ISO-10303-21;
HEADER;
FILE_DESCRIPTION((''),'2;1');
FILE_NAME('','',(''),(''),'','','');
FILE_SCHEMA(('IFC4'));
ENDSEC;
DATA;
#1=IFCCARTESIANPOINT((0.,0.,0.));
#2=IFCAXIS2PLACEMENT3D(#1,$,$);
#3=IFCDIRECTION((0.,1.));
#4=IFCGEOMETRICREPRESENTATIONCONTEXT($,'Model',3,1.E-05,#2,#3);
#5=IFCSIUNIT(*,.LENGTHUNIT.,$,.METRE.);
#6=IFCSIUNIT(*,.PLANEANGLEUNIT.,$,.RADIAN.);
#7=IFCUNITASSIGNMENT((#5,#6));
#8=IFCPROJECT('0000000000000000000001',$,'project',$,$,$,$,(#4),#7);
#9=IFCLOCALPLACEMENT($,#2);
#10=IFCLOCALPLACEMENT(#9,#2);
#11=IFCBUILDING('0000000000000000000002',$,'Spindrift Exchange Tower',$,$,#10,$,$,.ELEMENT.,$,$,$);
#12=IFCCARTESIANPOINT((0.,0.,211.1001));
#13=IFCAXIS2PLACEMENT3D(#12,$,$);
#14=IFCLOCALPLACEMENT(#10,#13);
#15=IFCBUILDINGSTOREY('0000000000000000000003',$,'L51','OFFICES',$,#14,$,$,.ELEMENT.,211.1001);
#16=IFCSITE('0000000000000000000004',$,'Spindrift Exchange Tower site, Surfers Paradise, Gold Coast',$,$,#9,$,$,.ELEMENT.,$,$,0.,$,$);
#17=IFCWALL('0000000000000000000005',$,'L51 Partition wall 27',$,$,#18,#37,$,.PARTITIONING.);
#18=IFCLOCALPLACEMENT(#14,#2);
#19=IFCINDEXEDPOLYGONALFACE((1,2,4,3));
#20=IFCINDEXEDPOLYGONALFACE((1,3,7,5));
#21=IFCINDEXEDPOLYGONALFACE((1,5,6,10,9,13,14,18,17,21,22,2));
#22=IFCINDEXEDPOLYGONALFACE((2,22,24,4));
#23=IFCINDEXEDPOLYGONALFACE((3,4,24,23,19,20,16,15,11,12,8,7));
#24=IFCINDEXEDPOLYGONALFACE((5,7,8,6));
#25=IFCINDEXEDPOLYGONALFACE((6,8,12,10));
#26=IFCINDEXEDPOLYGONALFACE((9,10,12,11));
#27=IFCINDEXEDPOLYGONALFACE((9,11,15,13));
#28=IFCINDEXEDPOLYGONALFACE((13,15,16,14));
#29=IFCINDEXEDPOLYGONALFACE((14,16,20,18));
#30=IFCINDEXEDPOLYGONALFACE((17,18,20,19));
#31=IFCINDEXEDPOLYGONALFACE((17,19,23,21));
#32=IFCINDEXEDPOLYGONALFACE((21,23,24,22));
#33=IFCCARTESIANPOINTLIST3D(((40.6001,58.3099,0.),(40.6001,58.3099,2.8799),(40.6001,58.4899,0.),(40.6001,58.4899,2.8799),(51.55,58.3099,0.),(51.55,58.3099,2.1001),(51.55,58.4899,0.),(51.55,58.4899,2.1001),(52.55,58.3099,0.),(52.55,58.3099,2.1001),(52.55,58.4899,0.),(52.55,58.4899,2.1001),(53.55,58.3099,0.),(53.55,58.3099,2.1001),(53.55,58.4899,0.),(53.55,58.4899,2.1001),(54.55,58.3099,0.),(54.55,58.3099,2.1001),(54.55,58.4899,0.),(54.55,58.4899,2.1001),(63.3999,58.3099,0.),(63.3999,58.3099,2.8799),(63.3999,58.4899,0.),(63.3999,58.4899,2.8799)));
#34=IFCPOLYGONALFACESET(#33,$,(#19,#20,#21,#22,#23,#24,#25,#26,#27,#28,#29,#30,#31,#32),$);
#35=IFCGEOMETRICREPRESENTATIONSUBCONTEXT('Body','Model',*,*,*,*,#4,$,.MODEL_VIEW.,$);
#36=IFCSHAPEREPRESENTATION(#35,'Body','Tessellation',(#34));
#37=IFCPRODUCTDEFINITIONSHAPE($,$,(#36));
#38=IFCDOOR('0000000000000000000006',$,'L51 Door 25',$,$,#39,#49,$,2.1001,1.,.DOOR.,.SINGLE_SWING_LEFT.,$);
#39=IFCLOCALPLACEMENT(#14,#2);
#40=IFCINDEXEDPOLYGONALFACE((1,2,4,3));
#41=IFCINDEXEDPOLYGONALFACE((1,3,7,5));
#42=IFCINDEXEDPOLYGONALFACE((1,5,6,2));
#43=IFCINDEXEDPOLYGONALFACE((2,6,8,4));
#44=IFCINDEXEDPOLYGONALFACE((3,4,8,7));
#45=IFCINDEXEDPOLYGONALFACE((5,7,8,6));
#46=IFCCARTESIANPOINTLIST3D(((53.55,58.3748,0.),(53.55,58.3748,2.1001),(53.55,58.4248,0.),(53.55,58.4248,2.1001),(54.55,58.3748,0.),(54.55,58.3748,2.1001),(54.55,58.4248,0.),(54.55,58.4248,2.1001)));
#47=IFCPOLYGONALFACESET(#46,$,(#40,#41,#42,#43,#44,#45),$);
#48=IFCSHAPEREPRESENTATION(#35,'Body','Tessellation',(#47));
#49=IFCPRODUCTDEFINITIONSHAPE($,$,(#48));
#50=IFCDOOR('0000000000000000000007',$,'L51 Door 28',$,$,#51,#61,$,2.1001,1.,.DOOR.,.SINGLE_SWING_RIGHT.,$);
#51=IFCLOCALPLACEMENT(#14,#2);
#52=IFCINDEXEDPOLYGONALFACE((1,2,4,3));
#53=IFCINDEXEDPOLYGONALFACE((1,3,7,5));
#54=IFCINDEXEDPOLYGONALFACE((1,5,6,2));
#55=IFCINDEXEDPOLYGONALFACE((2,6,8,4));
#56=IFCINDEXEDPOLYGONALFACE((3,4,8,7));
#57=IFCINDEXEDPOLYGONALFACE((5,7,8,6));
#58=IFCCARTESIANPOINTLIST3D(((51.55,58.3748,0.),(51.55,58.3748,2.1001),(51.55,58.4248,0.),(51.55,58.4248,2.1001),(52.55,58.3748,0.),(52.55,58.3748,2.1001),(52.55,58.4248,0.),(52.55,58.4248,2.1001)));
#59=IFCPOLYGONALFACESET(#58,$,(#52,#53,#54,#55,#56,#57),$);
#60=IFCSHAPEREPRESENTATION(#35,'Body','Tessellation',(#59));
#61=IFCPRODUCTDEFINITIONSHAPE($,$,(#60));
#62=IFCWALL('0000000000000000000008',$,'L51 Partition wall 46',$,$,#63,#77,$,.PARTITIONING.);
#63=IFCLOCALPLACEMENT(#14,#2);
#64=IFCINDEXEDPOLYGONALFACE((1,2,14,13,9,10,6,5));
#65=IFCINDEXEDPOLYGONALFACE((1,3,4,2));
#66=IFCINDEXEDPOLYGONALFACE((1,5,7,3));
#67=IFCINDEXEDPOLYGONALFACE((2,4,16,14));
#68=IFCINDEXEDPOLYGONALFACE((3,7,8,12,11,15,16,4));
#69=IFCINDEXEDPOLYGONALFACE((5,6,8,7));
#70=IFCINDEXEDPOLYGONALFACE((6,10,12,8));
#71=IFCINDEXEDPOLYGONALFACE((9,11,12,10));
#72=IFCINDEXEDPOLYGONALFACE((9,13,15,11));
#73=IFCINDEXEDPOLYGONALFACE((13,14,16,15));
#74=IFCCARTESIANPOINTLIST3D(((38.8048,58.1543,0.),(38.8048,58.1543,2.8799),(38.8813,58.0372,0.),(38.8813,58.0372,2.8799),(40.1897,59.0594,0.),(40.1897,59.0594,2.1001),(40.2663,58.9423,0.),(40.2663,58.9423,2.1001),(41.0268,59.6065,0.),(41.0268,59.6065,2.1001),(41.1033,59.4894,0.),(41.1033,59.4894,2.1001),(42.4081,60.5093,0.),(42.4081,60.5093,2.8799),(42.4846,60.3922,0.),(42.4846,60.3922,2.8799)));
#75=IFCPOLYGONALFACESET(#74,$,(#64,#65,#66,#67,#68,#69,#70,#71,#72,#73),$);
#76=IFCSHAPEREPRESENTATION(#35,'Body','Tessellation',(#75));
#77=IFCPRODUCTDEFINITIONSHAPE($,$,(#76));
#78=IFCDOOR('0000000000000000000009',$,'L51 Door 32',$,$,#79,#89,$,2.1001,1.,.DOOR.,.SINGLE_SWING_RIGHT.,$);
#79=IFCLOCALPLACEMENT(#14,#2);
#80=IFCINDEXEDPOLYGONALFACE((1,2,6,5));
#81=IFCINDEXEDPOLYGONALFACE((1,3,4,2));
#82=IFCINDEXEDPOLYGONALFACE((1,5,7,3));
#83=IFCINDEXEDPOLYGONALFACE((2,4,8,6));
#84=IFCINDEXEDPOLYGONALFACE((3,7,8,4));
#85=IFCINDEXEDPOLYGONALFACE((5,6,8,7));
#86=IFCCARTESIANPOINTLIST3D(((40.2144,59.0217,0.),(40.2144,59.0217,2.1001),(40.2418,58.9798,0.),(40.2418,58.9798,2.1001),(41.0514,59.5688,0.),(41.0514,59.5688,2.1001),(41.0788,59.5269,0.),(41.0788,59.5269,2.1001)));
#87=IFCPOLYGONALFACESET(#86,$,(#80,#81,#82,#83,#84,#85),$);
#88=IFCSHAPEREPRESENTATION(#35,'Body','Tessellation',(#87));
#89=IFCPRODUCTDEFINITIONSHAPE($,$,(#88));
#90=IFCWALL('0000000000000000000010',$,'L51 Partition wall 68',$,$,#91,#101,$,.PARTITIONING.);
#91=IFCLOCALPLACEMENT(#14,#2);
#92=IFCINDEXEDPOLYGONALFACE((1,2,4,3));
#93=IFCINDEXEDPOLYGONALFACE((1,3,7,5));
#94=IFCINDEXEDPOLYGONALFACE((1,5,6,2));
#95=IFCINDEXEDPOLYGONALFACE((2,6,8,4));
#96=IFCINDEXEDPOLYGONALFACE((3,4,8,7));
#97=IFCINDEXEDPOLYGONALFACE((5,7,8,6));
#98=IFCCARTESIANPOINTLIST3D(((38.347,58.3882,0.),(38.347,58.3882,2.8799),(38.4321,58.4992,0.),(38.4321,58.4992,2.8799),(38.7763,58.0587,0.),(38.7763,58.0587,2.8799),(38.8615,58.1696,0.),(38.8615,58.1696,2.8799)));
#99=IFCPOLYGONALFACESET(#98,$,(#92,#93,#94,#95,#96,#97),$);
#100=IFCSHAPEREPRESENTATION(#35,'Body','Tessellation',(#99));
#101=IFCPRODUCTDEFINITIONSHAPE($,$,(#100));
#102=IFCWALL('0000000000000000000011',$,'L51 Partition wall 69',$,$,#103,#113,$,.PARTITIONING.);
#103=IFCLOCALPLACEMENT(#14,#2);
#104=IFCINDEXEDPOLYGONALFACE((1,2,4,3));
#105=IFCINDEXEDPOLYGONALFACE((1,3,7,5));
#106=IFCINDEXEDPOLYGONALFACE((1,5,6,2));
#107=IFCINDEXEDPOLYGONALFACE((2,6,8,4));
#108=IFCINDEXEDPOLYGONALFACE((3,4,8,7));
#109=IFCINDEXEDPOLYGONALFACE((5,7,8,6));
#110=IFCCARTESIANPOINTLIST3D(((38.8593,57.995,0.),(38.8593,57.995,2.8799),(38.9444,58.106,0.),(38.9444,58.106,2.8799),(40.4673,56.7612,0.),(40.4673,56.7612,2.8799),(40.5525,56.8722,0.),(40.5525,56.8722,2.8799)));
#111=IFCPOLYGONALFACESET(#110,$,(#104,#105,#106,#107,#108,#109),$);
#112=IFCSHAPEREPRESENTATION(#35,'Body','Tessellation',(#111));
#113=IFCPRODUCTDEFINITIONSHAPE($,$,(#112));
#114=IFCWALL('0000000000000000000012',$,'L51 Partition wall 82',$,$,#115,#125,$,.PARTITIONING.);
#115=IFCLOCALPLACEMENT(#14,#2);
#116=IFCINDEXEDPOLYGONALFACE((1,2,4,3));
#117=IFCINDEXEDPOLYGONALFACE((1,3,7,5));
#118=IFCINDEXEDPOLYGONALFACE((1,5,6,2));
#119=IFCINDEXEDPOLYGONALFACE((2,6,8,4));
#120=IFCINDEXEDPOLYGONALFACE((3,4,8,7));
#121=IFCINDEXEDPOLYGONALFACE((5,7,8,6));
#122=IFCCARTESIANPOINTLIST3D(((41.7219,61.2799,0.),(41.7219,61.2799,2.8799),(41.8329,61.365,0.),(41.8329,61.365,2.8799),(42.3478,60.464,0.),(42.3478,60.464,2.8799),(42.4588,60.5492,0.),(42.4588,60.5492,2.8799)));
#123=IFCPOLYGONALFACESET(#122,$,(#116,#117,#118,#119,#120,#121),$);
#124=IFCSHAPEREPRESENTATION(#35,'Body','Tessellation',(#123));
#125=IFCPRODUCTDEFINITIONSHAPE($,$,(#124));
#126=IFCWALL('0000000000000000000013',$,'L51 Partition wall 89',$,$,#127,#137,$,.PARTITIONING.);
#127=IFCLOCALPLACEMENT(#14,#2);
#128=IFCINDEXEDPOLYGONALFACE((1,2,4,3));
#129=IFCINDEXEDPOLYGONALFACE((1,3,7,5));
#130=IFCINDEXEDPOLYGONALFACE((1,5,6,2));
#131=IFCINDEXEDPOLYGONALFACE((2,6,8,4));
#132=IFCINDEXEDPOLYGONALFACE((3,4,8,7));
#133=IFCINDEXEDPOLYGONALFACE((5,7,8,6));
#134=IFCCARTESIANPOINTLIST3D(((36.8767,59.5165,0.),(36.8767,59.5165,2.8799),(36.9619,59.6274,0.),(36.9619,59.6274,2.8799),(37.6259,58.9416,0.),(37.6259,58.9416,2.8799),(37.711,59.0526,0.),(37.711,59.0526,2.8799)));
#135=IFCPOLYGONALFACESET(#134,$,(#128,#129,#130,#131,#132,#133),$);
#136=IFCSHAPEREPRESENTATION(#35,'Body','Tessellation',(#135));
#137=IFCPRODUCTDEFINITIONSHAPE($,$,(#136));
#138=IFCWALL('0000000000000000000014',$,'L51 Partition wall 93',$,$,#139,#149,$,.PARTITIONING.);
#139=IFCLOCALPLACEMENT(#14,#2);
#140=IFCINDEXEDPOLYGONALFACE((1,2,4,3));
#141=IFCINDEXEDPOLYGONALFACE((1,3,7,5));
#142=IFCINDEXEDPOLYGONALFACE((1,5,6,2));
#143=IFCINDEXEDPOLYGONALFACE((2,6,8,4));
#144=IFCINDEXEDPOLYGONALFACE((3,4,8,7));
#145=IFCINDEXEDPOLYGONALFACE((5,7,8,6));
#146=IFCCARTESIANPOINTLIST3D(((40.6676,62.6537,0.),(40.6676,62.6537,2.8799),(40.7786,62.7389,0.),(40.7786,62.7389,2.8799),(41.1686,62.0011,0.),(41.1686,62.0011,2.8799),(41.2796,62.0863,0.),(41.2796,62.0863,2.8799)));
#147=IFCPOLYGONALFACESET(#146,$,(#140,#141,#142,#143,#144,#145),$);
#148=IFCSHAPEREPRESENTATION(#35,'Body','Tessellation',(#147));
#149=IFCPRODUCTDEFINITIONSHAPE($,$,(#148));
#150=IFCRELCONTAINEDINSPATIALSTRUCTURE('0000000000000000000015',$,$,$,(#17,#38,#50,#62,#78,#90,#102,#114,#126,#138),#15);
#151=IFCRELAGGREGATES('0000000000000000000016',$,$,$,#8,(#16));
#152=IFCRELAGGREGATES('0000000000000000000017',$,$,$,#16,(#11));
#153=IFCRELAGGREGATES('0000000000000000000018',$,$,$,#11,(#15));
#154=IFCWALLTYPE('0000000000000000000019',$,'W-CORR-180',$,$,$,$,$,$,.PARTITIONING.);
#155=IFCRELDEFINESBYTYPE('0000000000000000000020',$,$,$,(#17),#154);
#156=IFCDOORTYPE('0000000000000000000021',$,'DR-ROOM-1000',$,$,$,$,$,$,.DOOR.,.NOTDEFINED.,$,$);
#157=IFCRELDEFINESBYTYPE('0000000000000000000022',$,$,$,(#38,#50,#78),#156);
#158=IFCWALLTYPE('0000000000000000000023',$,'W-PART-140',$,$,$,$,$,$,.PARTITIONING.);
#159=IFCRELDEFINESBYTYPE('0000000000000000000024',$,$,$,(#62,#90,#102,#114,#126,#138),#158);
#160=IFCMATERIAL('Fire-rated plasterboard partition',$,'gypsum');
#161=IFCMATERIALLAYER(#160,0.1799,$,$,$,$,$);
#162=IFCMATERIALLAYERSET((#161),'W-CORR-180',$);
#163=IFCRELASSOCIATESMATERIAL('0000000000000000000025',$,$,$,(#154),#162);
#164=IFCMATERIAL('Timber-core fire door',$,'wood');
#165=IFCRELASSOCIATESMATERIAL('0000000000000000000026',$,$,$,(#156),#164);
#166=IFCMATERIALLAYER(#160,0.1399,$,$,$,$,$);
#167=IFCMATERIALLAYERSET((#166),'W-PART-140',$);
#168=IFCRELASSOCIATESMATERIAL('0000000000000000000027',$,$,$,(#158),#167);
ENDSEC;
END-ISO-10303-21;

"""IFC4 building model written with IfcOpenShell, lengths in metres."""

from ifc_helpers import new_model, si_unit, direction, frame, frame_2d, origin, place, context, subcontext, project, spatial, rectangle, extrude, source, transform, mapped, material, layer, layer_set, type_object, element, fill, save


model = new_model("IFC4")

# Units and contexts
model_context = context("Model", 3, precision=1e-05, world=origin(), true_north=direction((0.0, 1.0)))
body_context = subcontext(model_context, "Body", "Model", "MODEL_VIEW")
ifc_project = project(units=[si_unit("LENGTHUNIT", "METRE"), si_unit("PLANEANGLEUNIT", "RADIAN")], contexts=[model_context])

# Site, building, storey
site_placement = place(None, origin())
site = spatial("IfcSite", under=ifc_project, at=site_placement, Name="Spindrift Exchange Tower site, Surfers Paradise, Gold Coast", CompositionType="ELEMENT", RefElevation=0.0)
building_placement = place(site_placement, origin())
building = spatial("IfcBuilding", under=site, at=building_placement, Name="Spindrift Exchange Tower", CompositionType="ELEMENT")
storey_placement = place(building_placement, frame((0.0, 0.0, 211.1001)))
storey = spatial("IfcBuildingStorey", under=building, at=storey_placement, Name="L51", Description="OFFICES", CompositionType="ELEMENT", Elevation=211.1001)

# Wall, openings, doors
ifc_material_1 = material(Name="Fire-rated plasterboard partition", Category="gypsum")
ifc_layer_1 = layer(ifc_material_1, 0.1799)
ifc_layer_set_1 = layer_set([ifc_layer_1], Name="W-CORR-180")
wall_type_1 = type_object("IfcWallType", Name="W-CORR-180", PredefinedType="PARTITIONING", material=ifc_layer_set_1)
wall_1_placement = place(storey_placement, frame((40.6001, 58.3999, 0.0), z_axis=(0.0, 0.0, 1.0), x_axis=(1.0, 0.0, 0.0)))
wall_1 = element("IfcWall", 1, at=wall_1_placement, inside=storey, type_object=wall_type_1, Name="L51 Partition wall 27", PredefinedType="PARTITIONING", context=body_context, shape_type="SweptSolid", body=[
    extrude(rectangle(XDim=22.7998, YDim=0.1799, at=frame_2d((11.3999, 0.0))), origin(), (0.0, 0.0, 1.0), 2.8799),
])
opening_1_placement = place(wall_1_placement, frame((12.95, 0.0, 0.0)))
opening_1 = element("IfcOpeningElement", 2, at=opening_1_placement, cuts=wall_1, PredefinedType="OPENING", context=body_context, shape_type="SweptSolid", body=[
    extrude(rectangle(XDim=1.0, YDim=2.1001, at=frame_2d((0.5, 1.05))), frame((0.0, 0.0999, 0.0), z_axis=(0.0, -1.0, 0.0), x_axis=(1.0, 0.0, 0.0)), (0.0, 0.0, 1.0), 0.2),
])
opening_2_placement = place(wall_1_placement, frame((10.95, 0.0, 0.0)))
opening_2 = element("IfcOpeningElement", 3, at=opening_2_placement, cuts=wall_1, PredefinedType="OPENING", context=body_context, shape_type="SweptSolid", body=[
    extrude(rectangle(XDim=1.0, YDim=2.1001, at=frame_2d((0.5, 1.05))), frame((0.0, 0.0999, 0.0), z_axis=(0.0, -1.0, 0.0), x_axis=(1.0, 0.0, 0.0)), (0.0, 0.0, 1.0), 0.2),
])
ifc_material_2 = material(Name="Timber-core fire door", Category="wood")
door_type = type_object("IfcDoorType", Name="DR-ROOM-1000", OperationType="NOTDEFINED", PredefinedType="DOOR", material=ifc_material_2)
shared_shape_1 = source(origin(), body_context, "Body", "SweptSolid", [
    extrude(rectangle(XDim=1.0, YDim=2.1001, at=frame_2d((0.5, 1.05))), frame((0.0, 0.0249, 0.0), z_axis=(0.0, -1.0, 0.0), x_axis=(1.0, 0.0, 0.0)), (0.0, 0.0, 1.0), 0.05),
])
door_1_placement = place(opening_1_placement, origin())
door_1 = element("IfcDoor", 4, at=door_1_placement, inside=storey, type_object=door_type, Name="L51 Door 25", OperationType="SINGLE_SWING_LEFT", OverallHeight=2.1001, OverallWidth=1.0, PredefinedType="DOOR", context=body_context, shape_type="MappedRepresentation", body=[
    mapped(shared_shape_1, transform((0.0, 0.0, 0.0), scale=1.0)),
])
fill(opening_1, door_1)
door_2_placement = place(opening_2_placement, origin())
door_2 = element("IfcDoor", 5, at=door_2_placement, inside=storey, type_object=door_type, Name="L51 Door 28", OperationType="SINGLE_SWING_RIGHT", OverallHeight=2.1001, OverallWidth=1.0, PredefinedType="DOOR", context=body_context, shape_type="MappedRepresentation", body=[
    mapped(shared_shape_1, transform((0.0, 0.0, 0.0), scale=1.0)),
])
fill(opening_2, door_2)

# Wall, opening, door
ifc_layer_2 = layer(ifc_material_1, 0.1399)
ifc_layer_set_2 = layer_set([ifc_layer_2], Name="W-PART-140")
wall_type_2 = type_object("IfcWallType", Name="W-PART-140", PredefinedType="PARTITIONING", material=ifc_layer_set_2)
wall_2_placement = place(storey_placement, frame((38.843, 58.0957, 0.0), z_axis=(0.0, 0.0, 1.0), x_axis=(0.837077, 0.547086, 0.0)))
wall_2 = element("IfcWall", 6, at=wall_2_placement, inside=storey, type_object=wall_type_2, Name="L51 Partition wall 46", PredefinedType="PARTITIONING", context=body_context, shape_type="SweptSolid", body=[
    extrude(rectangle(XDim=4.3047, YDim=0.1399, at=frame_2d((2.1523, 0.0))), origin(), (0.0, 0.0, 1.0), 2.8799),
])
opening_3_placement = place(wall_2_placement, frame((1.6545, 0.0, 0.0)))
opening_3 = element("IfcOpeningElement", 7, at=opening_3_placement, cuts=wall_2, PredefinedType="OPENING", context=body_context, shape_type="SweptSolid", body=[
    extrude(rectangle(XDim=1.0, YDim=2.1001, at=frame_2d((0.5, 1.05))), frame((0.0, 0.0798, 0.0), z_axis=(0.0, -1.0, 0.0), x_axis=(1.0, 0.0, 0.0)), (0.0, 0.0, 1.0), 0.1599),
])
door_3_placement = place(opening_3_placement, origin())
door_3 = element("IfcDoor", 8, at=door_3_placement, inside=storey, type_object=door_type, Name="L51 Door 32", OperationType="SINGLE_SWING_RIGHT", OverallHeight=2.1001, OverallWidth=1.0, PredefinedType="DOOR", context=body_context, shape_type="MappedRepresentation", body=[
    mapped(shared_shape_1, transform((0.0, 0.0, 0.0), scale=1.0)),
])
fill(opening_3, door_3)

# Walls
wall_3_placement = place(storey_placement, frame((38.3896, 58.4436, 0.0), z_axis=(0.0, 0.0, 1.0), x_axis=(0.793294, -0.608839, 0.0)))
element("IfcWall", 9, at=wall_3_placement, inside=storey, type_object=wall_type_2, Name="L51 Partition wall 68", PredefinedType="PARTITIONING", context=body_context, shape_type="SweptSolid", body=[
    extrude(rectangle(XDim=0.5413, YDim=0.1399, at=frame_2d((0.2705, 0.0))), origin(), (0.0, 0.0, 1.0), 2.8799),
])
wall_4_placement = place(storey_placement, frame((38.9019, 58.0505, 0.0), z_axis=(0.0, 0.0, 1.0), x_axis=(0.793376, -0.608732, 0.0)))
element("IfcWall", 10, at=wall_4_placement, inside=storey, type_object=wall_type_2, Name="L51 Partition wall 69", PredefinedType="PARTITIONING", context=body_context, shape_type="SweptSolid", body=[
    extrude(rectangle(XDim=2.0269, YDim=0.1399, at=frame_2d((1.0134, 0.0))), origin(), (0.0, 0.0, 1.0), 2.8799),
])
wall_5_placement = place(storey_placement, frame((42.4033, 60.5066, 0.0), z_axis=(0.0, 0.0, 1.0), x_axis=(-0.608701, 0.7934, 0.0)))
element("IfcWall", 11, at=wall_5_placement, inside=storey, type_object=wall_type_2, Name="L51 Partition wall 82", PredefinedType="PARTITIONING", context=body_context, shape_type="SweptSolid", body=[
    extrude(rectangle(XDim=1.0283, YDim=0.1399, at=frame_2d((0.5142, 0.0))), origin(), (0.0, 0.0, 1.0), 2.8799),
])
wall_6_placement = place(storey_placement, frame((37.6685, 58.9971, 0.0), z_axis=(0.0, 0.0, 1.0), x_axis=(-0.793344, 0.608773, 0.0)))
element("IfcWall", 12, at=wall_6_placement, inside=storey, type_object=wall_type_2, Name="L51 Partition wall 89", PredefinedType="PARTITIONING", context=body_context, shape_type="SweptSolid", body=[
    extrude(rectangle(XDim=0.9443, YDim=0.1399, at=frame_2d((0.4722, 0.0))), origin(), (0.0, 0.0, 1.0), 2.8799),
])
wall_7_placement = place(storey_placement, frame((41.2241, 62.0437, 0.0), z_axis=(0.0, 0.0, 1.0), x_axis=(-0.608936, 0.793219, 0.0)))
element("IfcWall", 13, at=wall_7_placement, inside=storey, type_object=wall_type_2, Name="L51 Partition wall 93", PredefinedType="PARTITIONING", context=body_context, shape_type="SweptSolid", body=[
    extrude(rectangle(XDim=0.8228, YDim=0.1399, at=frame_2d((0.4114, 0.0))), origin(), (0.0, 0.0, 1.0), 2.8799),
])

save(model, "model.ifc")
